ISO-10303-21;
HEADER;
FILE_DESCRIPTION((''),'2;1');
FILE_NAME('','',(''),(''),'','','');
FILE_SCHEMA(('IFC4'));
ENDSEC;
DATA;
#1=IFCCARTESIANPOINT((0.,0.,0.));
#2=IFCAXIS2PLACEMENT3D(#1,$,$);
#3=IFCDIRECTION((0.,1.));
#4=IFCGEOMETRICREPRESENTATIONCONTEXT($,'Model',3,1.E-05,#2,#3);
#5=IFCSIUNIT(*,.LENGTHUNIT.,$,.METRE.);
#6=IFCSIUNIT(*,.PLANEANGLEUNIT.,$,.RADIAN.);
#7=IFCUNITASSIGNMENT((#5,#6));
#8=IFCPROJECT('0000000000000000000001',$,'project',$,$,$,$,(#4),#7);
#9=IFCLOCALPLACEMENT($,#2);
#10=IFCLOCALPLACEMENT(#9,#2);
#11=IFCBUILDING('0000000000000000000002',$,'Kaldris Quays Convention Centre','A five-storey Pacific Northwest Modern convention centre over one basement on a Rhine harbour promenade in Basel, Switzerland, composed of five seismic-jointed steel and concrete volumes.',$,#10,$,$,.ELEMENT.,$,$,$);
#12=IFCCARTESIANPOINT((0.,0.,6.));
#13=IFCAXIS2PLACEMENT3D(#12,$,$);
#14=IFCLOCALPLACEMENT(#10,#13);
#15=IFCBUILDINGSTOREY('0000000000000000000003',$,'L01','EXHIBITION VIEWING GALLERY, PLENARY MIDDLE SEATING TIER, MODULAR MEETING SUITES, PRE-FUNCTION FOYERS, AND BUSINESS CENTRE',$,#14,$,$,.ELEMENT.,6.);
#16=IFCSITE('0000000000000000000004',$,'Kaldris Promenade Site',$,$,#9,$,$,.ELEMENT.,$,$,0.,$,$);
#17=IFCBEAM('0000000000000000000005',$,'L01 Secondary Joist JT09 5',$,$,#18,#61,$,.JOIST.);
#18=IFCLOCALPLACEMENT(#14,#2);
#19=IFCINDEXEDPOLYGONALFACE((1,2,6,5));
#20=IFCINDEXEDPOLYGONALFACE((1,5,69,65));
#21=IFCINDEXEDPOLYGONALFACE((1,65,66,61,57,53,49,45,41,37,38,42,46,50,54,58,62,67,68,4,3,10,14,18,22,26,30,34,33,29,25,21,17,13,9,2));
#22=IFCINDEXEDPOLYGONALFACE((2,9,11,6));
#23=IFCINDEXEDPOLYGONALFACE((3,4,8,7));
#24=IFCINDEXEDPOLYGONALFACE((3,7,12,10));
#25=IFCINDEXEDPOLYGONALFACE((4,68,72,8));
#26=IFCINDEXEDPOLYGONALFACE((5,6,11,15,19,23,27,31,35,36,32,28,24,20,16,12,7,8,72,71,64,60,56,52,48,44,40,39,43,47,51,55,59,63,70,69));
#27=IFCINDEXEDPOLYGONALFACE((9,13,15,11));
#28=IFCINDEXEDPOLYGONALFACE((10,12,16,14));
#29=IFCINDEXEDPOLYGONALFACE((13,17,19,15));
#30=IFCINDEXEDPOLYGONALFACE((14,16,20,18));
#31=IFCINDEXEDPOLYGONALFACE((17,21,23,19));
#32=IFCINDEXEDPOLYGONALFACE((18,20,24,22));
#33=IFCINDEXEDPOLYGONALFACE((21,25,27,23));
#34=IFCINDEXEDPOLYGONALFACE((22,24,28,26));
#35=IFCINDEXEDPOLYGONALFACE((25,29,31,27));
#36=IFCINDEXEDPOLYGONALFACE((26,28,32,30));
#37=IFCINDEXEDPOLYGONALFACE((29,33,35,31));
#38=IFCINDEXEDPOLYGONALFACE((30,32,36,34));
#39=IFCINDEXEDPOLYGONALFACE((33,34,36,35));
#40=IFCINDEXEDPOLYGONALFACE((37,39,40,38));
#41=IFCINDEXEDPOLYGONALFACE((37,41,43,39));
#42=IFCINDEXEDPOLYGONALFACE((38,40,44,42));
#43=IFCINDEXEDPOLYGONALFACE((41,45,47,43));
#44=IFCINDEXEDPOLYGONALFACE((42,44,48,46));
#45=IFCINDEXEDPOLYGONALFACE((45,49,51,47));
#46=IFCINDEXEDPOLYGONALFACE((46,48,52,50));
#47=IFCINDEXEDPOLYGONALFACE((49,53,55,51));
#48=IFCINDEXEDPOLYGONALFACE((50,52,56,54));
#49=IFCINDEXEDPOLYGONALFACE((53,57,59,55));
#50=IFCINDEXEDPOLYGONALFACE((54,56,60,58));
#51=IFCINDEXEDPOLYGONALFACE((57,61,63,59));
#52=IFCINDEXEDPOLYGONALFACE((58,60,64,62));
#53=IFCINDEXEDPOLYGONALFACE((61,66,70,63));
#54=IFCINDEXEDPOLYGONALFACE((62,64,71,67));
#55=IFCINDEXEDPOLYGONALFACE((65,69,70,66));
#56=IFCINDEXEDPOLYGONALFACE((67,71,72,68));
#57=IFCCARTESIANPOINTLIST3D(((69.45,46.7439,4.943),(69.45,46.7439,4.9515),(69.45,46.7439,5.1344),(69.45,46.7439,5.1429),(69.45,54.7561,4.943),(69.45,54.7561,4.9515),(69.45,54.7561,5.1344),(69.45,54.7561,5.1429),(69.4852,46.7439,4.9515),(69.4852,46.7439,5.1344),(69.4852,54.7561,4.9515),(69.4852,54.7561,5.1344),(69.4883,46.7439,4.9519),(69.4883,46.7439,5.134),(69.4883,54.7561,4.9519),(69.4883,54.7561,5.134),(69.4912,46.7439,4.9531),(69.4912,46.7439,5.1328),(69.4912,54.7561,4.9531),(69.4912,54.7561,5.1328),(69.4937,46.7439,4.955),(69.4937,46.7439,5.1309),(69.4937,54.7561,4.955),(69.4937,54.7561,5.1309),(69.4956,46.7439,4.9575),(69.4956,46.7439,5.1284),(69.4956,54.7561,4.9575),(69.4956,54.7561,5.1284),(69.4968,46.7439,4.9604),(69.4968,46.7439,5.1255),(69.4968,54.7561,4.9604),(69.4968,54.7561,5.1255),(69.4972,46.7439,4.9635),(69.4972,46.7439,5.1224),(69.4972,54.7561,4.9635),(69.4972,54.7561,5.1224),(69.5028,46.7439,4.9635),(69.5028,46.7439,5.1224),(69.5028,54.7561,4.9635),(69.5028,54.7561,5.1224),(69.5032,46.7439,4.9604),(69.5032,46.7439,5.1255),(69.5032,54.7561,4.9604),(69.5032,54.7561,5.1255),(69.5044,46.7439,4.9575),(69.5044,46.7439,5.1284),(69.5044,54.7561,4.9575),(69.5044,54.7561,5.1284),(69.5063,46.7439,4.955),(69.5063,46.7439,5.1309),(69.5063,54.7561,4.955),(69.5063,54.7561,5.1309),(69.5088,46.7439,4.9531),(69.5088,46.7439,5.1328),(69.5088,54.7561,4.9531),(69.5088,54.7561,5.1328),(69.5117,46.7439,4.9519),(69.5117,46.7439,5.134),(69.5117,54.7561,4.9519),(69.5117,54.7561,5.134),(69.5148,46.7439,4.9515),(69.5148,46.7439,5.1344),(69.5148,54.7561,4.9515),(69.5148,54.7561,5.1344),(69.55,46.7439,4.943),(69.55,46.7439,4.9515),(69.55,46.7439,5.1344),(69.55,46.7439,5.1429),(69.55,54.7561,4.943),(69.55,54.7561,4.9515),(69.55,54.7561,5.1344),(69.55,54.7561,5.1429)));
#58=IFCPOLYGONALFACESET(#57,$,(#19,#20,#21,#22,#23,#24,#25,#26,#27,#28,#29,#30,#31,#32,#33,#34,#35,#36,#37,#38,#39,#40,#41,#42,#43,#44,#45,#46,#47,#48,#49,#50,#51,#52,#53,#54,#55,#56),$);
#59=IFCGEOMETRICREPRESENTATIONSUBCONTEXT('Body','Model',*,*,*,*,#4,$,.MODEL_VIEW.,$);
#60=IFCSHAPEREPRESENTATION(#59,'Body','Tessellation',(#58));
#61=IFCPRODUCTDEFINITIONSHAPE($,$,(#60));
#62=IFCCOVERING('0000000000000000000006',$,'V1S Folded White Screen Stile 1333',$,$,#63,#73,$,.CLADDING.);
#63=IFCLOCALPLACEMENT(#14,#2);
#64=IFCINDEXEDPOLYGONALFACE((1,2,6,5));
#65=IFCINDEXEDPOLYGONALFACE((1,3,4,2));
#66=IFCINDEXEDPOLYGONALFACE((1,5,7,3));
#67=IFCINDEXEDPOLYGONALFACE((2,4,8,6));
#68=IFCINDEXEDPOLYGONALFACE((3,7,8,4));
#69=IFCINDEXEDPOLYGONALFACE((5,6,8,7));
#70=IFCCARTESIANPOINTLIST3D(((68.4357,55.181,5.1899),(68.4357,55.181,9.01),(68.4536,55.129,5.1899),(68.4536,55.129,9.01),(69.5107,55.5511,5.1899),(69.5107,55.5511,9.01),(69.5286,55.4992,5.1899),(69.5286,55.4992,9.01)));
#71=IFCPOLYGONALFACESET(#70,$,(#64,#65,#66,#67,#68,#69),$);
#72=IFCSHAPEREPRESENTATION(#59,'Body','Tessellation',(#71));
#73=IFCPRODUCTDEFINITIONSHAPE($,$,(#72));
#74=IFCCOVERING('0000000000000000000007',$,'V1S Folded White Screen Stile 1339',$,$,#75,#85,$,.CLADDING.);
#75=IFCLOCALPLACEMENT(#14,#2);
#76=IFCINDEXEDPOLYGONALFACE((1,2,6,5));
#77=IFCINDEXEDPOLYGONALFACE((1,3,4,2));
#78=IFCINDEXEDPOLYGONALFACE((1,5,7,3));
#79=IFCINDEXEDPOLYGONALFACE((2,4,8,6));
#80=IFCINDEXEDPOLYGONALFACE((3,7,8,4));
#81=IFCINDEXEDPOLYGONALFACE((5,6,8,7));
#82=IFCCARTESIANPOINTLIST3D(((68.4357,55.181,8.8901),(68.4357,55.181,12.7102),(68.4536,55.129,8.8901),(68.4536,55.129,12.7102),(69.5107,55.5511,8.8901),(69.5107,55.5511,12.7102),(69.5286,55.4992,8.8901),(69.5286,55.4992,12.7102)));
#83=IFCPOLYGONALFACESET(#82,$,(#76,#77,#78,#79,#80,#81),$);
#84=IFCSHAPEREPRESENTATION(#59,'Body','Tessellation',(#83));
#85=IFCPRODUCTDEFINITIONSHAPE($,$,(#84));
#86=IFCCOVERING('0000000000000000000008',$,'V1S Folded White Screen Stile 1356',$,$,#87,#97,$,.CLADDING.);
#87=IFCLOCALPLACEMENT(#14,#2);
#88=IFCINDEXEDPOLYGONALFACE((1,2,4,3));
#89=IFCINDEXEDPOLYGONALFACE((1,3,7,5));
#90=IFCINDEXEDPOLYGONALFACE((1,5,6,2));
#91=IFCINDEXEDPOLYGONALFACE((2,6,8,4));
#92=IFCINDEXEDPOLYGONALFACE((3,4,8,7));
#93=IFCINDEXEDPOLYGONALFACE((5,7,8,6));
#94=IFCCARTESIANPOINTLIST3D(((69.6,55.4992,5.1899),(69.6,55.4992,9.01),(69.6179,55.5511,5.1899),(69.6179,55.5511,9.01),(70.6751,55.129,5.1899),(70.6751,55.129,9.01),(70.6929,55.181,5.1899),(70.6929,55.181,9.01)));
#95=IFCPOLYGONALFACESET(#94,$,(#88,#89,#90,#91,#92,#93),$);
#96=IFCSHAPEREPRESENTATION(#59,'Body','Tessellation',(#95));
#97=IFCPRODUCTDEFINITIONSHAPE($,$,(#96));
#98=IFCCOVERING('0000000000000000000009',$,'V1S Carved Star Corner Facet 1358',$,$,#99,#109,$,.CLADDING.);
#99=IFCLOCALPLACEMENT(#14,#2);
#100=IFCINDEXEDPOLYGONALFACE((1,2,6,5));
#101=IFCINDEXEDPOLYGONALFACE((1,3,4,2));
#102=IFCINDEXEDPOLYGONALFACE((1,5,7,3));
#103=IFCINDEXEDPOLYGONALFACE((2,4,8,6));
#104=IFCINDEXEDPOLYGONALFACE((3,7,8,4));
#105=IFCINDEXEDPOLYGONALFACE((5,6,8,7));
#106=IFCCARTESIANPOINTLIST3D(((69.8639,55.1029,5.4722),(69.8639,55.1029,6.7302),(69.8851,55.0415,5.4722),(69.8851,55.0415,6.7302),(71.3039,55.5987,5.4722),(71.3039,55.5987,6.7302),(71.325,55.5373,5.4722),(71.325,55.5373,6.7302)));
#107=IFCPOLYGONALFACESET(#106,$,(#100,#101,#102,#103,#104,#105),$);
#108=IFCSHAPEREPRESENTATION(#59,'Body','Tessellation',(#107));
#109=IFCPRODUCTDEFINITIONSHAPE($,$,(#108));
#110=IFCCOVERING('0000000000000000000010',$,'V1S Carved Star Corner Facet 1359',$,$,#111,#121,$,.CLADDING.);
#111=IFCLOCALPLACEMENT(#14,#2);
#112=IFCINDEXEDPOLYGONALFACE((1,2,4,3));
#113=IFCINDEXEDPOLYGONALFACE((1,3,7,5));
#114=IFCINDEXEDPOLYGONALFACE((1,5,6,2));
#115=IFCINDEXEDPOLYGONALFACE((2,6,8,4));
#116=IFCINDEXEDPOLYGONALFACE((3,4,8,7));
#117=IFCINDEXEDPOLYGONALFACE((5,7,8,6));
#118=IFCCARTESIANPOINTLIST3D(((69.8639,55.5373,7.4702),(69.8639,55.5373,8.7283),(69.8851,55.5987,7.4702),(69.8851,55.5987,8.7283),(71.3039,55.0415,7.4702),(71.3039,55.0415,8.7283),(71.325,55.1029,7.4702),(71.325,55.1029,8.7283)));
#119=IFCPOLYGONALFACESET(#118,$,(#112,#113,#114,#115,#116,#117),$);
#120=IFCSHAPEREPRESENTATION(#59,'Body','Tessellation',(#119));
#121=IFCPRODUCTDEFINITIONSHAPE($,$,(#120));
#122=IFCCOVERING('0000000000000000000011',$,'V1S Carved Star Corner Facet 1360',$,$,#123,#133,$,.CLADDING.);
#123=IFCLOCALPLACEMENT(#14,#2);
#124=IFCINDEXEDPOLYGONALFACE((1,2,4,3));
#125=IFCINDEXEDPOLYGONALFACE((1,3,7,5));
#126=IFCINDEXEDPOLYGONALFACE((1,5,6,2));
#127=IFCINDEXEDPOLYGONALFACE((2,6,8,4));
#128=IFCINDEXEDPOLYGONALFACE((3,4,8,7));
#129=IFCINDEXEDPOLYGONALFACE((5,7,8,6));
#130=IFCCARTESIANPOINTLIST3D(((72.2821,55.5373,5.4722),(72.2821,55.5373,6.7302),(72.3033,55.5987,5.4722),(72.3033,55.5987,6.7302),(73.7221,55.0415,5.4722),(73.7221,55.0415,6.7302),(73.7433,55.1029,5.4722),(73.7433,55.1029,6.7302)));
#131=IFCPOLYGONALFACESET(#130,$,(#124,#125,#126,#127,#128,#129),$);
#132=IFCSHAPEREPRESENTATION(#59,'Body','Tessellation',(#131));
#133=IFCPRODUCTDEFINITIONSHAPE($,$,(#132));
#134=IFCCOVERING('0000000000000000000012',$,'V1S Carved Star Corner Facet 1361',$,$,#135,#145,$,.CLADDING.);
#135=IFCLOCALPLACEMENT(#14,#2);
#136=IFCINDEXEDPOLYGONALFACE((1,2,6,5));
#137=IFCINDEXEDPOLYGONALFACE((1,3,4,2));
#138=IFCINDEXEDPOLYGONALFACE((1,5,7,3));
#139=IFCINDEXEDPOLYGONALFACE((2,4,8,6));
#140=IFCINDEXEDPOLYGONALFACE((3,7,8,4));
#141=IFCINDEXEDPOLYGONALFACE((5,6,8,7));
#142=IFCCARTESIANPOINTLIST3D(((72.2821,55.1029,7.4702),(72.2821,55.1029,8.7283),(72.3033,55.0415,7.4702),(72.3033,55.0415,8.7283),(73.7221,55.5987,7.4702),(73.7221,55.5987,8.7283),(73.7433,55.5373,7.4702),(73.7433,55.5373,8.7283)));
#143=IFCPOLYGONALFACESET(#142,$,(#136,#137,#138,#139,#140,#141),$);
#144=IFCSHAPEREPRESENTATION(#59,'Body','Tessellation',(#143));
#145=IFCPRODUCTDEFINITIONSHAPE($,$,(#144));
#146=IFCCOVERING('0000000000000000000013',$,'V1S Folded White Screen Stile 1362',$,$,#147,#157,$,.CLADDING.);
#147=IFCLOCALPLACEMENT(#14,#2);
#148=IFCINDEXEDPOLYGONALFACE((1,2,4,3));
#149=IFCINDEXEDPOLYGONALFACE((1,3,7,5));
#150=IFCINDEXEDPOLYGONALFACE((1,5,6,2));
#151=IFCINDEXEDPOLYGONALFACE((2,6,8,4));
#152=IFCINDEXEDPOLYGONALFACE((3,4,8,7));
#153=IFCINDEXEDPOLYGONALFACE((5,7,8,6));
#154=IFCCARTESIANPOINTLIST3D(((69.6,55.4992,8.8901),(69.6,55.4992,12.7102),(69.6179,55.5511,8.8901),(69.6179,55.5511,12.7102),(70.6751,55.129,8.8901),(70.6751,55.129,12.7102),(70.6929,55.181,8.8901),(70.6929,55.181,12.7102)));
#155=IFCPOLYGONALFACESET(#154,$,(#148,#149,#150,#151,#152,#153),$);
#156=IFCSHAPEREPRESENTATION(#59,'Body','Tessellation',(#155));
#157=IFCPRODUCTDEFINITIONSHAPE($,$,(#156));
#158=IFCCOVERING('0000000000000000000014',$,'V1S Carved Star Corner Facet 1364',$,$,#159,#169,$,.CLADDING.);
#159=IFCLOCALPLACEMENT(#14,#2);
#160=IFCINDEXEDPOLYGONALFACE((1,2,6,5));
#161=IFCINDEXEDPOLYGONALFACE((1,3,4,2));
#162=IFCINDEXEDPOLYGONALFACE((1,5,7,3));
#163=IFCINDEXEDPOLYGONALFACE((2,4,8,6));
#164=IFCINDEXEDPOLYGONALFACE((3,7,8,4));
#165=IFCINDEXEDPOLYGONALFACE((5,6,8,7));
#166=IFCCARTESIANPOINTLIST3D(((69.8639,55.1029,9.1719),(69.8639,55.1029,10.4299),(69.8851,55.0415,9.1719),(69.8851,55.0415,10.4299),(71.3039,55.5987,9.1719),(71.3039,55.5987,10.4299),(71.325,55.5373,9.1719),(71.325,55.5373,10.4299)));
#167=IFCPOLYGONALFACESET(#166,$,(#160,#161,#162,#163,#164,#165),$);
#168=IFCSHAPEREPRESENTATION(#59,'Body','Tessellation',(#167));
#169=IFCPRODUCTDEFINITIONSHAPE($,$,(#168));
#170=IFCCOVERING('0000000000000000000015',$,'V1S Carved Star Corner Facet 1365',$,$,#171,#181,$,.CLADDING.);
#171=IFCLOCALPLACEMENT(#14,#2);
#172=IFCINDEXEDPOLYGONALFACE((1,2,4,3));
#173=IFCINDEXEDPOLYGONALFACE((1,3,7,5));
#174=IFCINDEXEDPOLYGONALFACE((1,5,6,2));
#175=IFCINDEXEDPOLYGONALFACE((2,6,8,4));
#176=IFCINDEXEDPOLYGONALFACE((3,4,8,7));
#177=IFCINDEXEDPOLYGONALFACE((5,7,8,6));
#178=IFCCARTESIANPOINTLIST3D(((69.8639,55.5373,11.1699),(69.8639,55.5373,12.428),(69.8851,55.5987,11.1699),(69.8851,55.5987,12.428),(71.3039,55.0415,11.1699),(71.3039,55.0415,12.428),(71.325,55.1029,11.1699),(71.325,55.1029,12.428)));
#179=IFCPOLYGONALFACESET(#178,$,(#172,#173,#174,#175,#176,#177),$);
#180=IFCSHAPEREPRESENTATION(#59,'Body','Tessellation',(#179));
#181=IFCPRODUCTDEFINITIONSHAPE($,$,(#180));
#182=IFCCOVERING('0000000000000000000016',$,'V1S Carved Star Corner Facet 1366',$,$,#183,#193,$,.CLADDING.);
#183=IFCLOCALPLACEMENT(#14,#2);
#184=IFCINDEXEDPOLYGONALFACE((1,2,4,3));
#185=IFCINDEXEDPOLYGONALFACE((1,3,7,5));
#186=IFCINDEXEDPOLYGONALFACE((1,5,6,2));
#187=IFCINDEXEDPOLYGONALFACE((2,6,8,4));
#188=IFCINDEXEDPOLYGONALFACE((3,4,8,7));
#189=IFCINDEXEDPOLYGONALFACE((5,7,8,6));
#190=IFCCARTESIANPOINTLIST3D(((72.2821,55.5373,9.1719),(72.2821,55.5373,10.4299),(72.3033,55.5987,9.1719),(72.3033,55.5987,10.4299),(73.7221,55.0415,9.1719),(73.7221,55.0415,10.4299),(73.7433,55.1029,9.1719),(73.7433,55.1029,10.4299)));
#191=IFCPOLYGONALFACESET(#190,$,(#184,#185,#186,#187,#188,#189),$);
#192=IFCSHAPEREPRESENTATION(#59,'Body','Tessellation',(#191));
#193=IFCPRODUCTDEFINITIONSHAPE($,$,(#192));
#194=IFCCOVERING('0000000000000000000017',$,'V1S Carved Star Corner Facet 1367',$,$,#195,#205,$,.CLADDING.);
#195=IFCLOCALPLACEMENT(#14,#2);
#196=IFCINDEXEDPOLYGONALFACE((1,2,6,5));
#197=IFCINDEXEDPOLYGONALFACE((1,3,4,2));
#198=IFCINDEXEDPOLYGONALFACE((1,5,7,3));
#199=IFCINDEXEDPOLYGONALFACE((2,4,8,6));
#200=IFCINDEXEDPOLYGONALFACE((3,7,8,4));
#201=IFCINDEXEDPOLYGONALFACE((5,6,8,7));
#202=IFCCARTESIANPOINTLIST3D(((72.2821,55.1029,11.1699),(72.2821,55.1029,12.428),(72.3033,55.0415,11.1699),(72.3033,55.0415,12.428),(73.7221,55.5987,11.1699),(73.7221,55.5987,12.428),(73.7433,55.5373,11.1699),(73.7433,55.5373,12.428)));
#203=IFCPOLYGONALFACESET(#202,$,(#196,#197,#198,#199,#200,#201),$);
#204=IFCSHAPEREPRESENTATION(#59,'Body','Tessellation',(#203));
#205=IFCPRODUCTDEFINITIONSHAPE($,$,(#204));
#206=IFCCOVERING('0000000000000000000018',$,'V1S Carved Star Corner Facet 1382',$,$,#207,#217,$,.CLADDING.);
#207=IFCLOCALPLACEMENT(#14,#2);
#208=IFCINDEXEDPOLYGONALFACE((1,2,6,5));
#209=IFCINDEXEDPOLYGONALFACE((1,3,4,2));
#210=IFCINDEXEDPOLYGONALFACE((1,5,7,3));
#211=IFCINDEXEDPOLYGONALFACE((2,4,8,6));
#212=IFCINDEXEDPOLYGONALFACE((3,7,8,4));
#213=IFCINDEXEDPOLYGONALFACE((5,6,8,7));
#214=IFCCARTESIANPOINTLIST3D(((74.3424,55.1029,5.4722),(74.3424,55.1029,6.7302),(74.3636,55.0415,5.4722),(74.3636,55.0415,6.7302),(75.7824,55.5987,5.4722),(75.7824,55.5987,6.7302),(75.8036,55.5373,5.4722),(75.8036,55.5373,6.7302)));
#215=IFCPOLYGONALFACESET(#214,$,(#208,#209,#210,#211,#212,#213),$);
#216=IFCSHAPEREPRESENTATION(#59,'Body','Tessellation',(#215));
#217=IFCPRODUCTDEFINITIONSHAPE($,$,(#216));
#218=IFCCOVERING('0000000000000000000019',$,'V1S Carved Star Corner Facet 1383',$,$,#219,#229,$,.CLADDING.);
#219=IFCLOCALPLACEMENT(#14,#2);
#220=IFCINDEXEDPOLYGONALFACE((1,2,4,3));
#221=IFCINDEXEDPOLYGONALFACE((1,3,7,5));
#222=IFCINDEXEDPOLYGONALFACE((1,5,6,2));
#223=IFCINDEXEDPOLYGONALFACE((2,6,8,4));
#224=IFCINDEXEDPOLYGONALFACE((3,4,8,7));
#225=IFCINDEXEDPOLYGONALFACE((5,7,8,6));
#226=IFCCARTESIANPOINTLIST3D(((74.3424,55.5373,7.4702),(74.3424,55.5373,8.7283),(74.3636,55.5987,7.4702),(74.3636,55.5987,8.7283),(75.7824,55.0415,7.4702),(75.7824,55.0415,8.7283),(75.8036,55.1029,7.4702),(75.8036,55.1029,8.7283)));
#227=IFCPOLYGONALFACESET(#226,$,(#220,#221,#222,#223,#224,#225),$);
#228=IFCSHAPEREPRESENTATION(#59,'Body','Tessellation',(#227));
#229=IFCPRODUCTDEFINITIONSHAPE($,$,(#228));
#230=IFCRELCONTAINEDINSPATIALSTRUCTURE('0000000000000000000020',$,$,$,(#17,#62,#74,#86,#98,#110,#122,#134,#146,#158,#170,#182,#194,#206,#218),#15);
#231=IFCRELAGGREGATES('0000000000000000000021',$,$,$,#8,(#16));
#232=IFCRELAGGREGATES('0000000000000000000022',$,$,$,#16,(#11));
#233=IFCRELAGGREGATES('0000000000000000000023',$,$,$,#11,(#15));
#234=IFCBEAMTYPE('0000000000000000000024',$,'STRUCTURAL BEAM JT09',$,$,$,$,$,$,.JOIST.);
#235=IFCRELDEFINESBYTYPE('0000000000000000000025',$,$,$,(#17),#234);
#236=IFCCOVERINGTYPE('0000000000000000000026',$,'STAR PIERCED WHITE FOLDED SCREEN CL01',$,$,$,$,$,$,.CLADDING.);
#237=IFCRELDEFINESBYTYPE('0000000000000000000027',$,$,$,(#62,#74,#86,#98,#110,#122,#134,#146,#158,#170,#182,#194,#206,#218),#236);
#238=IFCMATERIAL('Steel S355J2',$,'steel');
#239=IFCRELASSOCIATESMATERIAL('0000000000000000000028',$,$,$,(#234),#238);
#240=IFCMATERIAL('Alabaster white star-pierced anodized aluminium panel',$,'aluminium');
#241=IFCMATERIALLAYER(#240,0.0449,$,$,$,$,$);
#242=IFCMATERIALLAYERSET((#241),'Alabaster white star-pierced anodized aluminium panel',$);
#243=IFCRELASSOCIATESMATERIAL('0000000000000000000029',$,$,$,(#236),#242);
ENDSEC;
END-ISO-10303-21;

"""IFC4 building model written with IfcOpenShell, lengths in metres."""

from ifc_helpers import new_model, si_unit, direction, frame, origin, origin_2d, place, context, subcontext, project, spatial, rectangle, i_section, extrude, material, layer, layer_set, material_profile, profile_set, type_object, element, save


model = new_model("IFC4")

# Units and contexts
model_context = context("Model", 3, precision=1e-05, world=origin(), true_north=direction((0.0, 1.0)))
body_context = subcontext(model_context, "Body", "Model", "MODEL_VIEW")
ifc_project = project(units=[si_unit("LENGTHUNIT", "METRE"), si_unit("PLANEANGLEUNIT", "RADIAN")], contexts=[model_context])

# Site, building, storey
site_placement = place(None, origin())
site = spatial("IfcSite", under=ifc_project, at=site_placement, Name="Kaldris Promenade Site", CompositionType="ELEMENT", RefElevation=0.0)
building_placement = place(site_placement, origin())
building = spatial("IfcBuilding", under=site, at=building_placement, Name="Kaldris Quays Convention Centre", Description="A five-storey Pacific Northwest Modern convention centre over one basement on a Rhine harbour promenade in Basel, Switzerland, composed of five seismic-jointed steel and concrete volumes.", CompositionType="ELEMENT")
storey_placement = place(building_placement, frame((0.0, 0.0, 6.0)))
storey = spatial("IfcBuildingStorey", under=building, at=storey_placement, Name="L01", Description="EXHIBITION VIEWING GALLERY, PLENARY MIDDLE SEATING TIER, MODULAR MEETING SUITES, PRE-FUNCTION FOYERS, AND BUSINESS CENTRE", CompositionType="ELEMENT", Elevation=6.0)

# Beam
ifc_material_1 = material(Name="Steel S355J2", Category="steel")
ifc_material_profile_1 = material_profile(ifc_material_1, i_section(OverallWidth=0.1001, OverallDepth=0.2, WebThickness=0.0056, FlangeThickness=0.0085, FilletRadius=0.012, at=origin_2d()), Name="IPE 200")
ifc_profile_set_1 = profile_set([ifc_material_profile_1], Name="Steel S355J2")
beam_type_1 = type_object("IfcBeamType", Name="STRUCTURAL BEAM JT09", PredefinedType="JOIST", material=ifc_profile_set_1)
beam_1_placement = place(storey_placement, frame((69.5, 46.7439, 5.043), z_axis=(0.0, 1.0, 0.0), x_axis=(-1.0, 0.0, 0.0)))
element("IfcBeam", 1, at=beam_1_placement, inside=storey, type_object=beam_type_1, Name="L01 Secondary Joist JT09 5", PredefinedType="JOIST", context=body_context, shape_type="SweptSolid", body=[
    extrude(i_section(OverallWidth=0.1001, OverallDepth=0.2, WebThickness=0.0056, FlangeThickness=0.0085, FilletRadius=0.012, at=origin_2d()), origin(), (0.0, 0.0, 1.0), 8.0122),
])

# Coverings
ifc_material_2 = material(Name="Alabaster white star-pierced anodized aluminium panel", Category="aluminium")
ifc_layer = layer(ifc_material_2, 0.0449)
ifc_layer_set = layer_set([ifc_layer], Name="Alabaster white star-pierced anodized aluminium panel")
covering_type = type_object("IfcCoveringType", Name="STAR PIERCED WHITE FOLDED SCREEN CL01", PredefinedType="CLADDING", material=ifc_layer_set)
for number, where, z_axis, x_axis, name in (
    (2, (68.9822, 55.3401, 5.1899), (0.0, 0.0, 1.0), (0.945519, 0.325568, 0.0), "V1S Folded White Screen Stile 1333"),
    (3, (68.9822, 55.3401, 8.8901), (0.0, 0.0, 1.0), (0.945519, 0.325568, 0.0), "V1S Folded White Screen Stile 1339"),
    (4, (70.1465, 55.3401, 5.1899), (0.0, 0.0, 1.0), (0.945519, -0.325568, 0.0), "V1S Folded White Screen Stile 1356"),
):
    element("IfcCovering", number, at=place(storey_placement, frame(where, z_axis=z_axis, x_axis=x_axis)), inside=storey, type_object=covering_type, Name=name, PredefinedType="CLADDING", context=body_context, shape_type="SweptSolid", body=[
        extrude(rectangle(XDim=1.137, YDim=0.0549, at=origin_2d()), origin(), (0.0, 0.0, 1.0), 3.8201),
    ])
for number, where, z_axis, x_axis, name in (
    (5, (70.5945, 55.3201, 5.4722), (0.0, 0.0, 1.0), (0.945519, 0.325568, 0.0), "V1S Carved Star Corner Facet 1358"),
    (6, (70.5945, 55.3201, 7.4702), (0.0, 0.0, 1.0), (0.945519, -0.325568, 0.0), "V1S Carved Star Corner Facet 1359"),
    (7, (73.0127, 55.3201, 5.4722), (0.0, 0.0, 1.0), (0.945519, -0.325568, 0.0), "V1S Carved Star Corner Facet 1360"),
    (8, (73.0127, 55.3201, 7.4702), (0.0, 0.0, 1.0), (0.945519, 0.325568, 0.0), "V1S Carved Star Corner Facet 1361"),
):
    element("IfcCovering", number, at=place(storey_placement, frame(where, z_axis=z_axis, x_axis=x_axis)), inside=storey, type_object=covering_type, Name=name, PredefinedType="CLADDING", context=body_context, shape_type="SweptSolid", body=[
        extrude(rectangle(XDim=1.5229, YDim=0.0649, at=origin_2d()), origin(), (0.0, 0.0, 1.0), 1.2581),
    ])
covering_placement = place(storey_placement, frame((70.1465, 55.3401, 8.8901), z_axis=(0.0, 0.0, 1.0), x_axis=(0.945519, -0.325568, 0.0)))
element("IfcCovering", 9, at=covering_placement, inside=storey, type_object=covering_type, Name="V1S Folded White Screen Stile 1362", PredefinedType="CLADDING", context=body_context, shape_type="SweptSolid", body=[
    extrude(rectangle(XDim=1.137, YDim=0.0549, at=origin_2d()), origin(), (0.0, 0.0, 1.0), 3.8201),
])
for number, where, z_axis, x_axis, name in (
    (10, (70.5945, 55.3201, 9.1719), (0.0, 0.0, 1.0), (0.945519, 0.325568, 0.0), "V1S Carved Star Corner Facet 1364"),
    (11, (70.5945, 55.3201, 11.1699), (0.0, 0.0, 1.0), (0.945519, -0.325568, 0.0), "V1S Carved Star Corner Facet 1365"),
    (12, (73.0127, 55.3201, 9.1719), (0.0, 0.0, 1.0), (0.945519, -0.325568, 0.0), "V1S Carved Star Corner Facet 1366"),
    (13, (73.0127, 55.3201, 11.1699), (0.0, 0.0, 1.0), (0.945519, 0.325568, 0.0), "V1S Carved Star Corner Facet 1367"),
    (14, (75.073, 55.3201, 5.4722), (0.0, 0.0, 1.0), (0.945519, 0.325568, 0.0), "V1S Carved Star Corner Facet 1382"),
    (15, (75.073, 55.3201, 7.4702), (0.0, 0.0, 1.0), (0.945519, -0.325568, 0.0), "V1S Carved Star Corner Facet 1383"),
):
    element("IfcCovering", number, at=place(storey_placement, frame(where, z_axis=z_axis, x_axis=x_axis)), inside=storey, type_object=covering_type, Name=name, PredefinedType="CLADDING", context=body_context, shape_type="SweptSolid", body=[
        extrude(rectangle(XDim=1.5229, YDim=0.0649, at=origin_2d()), origin(), (0.0, 0.0, 1.0), 1.2581),
    ])

save(model, "model.ifc")
